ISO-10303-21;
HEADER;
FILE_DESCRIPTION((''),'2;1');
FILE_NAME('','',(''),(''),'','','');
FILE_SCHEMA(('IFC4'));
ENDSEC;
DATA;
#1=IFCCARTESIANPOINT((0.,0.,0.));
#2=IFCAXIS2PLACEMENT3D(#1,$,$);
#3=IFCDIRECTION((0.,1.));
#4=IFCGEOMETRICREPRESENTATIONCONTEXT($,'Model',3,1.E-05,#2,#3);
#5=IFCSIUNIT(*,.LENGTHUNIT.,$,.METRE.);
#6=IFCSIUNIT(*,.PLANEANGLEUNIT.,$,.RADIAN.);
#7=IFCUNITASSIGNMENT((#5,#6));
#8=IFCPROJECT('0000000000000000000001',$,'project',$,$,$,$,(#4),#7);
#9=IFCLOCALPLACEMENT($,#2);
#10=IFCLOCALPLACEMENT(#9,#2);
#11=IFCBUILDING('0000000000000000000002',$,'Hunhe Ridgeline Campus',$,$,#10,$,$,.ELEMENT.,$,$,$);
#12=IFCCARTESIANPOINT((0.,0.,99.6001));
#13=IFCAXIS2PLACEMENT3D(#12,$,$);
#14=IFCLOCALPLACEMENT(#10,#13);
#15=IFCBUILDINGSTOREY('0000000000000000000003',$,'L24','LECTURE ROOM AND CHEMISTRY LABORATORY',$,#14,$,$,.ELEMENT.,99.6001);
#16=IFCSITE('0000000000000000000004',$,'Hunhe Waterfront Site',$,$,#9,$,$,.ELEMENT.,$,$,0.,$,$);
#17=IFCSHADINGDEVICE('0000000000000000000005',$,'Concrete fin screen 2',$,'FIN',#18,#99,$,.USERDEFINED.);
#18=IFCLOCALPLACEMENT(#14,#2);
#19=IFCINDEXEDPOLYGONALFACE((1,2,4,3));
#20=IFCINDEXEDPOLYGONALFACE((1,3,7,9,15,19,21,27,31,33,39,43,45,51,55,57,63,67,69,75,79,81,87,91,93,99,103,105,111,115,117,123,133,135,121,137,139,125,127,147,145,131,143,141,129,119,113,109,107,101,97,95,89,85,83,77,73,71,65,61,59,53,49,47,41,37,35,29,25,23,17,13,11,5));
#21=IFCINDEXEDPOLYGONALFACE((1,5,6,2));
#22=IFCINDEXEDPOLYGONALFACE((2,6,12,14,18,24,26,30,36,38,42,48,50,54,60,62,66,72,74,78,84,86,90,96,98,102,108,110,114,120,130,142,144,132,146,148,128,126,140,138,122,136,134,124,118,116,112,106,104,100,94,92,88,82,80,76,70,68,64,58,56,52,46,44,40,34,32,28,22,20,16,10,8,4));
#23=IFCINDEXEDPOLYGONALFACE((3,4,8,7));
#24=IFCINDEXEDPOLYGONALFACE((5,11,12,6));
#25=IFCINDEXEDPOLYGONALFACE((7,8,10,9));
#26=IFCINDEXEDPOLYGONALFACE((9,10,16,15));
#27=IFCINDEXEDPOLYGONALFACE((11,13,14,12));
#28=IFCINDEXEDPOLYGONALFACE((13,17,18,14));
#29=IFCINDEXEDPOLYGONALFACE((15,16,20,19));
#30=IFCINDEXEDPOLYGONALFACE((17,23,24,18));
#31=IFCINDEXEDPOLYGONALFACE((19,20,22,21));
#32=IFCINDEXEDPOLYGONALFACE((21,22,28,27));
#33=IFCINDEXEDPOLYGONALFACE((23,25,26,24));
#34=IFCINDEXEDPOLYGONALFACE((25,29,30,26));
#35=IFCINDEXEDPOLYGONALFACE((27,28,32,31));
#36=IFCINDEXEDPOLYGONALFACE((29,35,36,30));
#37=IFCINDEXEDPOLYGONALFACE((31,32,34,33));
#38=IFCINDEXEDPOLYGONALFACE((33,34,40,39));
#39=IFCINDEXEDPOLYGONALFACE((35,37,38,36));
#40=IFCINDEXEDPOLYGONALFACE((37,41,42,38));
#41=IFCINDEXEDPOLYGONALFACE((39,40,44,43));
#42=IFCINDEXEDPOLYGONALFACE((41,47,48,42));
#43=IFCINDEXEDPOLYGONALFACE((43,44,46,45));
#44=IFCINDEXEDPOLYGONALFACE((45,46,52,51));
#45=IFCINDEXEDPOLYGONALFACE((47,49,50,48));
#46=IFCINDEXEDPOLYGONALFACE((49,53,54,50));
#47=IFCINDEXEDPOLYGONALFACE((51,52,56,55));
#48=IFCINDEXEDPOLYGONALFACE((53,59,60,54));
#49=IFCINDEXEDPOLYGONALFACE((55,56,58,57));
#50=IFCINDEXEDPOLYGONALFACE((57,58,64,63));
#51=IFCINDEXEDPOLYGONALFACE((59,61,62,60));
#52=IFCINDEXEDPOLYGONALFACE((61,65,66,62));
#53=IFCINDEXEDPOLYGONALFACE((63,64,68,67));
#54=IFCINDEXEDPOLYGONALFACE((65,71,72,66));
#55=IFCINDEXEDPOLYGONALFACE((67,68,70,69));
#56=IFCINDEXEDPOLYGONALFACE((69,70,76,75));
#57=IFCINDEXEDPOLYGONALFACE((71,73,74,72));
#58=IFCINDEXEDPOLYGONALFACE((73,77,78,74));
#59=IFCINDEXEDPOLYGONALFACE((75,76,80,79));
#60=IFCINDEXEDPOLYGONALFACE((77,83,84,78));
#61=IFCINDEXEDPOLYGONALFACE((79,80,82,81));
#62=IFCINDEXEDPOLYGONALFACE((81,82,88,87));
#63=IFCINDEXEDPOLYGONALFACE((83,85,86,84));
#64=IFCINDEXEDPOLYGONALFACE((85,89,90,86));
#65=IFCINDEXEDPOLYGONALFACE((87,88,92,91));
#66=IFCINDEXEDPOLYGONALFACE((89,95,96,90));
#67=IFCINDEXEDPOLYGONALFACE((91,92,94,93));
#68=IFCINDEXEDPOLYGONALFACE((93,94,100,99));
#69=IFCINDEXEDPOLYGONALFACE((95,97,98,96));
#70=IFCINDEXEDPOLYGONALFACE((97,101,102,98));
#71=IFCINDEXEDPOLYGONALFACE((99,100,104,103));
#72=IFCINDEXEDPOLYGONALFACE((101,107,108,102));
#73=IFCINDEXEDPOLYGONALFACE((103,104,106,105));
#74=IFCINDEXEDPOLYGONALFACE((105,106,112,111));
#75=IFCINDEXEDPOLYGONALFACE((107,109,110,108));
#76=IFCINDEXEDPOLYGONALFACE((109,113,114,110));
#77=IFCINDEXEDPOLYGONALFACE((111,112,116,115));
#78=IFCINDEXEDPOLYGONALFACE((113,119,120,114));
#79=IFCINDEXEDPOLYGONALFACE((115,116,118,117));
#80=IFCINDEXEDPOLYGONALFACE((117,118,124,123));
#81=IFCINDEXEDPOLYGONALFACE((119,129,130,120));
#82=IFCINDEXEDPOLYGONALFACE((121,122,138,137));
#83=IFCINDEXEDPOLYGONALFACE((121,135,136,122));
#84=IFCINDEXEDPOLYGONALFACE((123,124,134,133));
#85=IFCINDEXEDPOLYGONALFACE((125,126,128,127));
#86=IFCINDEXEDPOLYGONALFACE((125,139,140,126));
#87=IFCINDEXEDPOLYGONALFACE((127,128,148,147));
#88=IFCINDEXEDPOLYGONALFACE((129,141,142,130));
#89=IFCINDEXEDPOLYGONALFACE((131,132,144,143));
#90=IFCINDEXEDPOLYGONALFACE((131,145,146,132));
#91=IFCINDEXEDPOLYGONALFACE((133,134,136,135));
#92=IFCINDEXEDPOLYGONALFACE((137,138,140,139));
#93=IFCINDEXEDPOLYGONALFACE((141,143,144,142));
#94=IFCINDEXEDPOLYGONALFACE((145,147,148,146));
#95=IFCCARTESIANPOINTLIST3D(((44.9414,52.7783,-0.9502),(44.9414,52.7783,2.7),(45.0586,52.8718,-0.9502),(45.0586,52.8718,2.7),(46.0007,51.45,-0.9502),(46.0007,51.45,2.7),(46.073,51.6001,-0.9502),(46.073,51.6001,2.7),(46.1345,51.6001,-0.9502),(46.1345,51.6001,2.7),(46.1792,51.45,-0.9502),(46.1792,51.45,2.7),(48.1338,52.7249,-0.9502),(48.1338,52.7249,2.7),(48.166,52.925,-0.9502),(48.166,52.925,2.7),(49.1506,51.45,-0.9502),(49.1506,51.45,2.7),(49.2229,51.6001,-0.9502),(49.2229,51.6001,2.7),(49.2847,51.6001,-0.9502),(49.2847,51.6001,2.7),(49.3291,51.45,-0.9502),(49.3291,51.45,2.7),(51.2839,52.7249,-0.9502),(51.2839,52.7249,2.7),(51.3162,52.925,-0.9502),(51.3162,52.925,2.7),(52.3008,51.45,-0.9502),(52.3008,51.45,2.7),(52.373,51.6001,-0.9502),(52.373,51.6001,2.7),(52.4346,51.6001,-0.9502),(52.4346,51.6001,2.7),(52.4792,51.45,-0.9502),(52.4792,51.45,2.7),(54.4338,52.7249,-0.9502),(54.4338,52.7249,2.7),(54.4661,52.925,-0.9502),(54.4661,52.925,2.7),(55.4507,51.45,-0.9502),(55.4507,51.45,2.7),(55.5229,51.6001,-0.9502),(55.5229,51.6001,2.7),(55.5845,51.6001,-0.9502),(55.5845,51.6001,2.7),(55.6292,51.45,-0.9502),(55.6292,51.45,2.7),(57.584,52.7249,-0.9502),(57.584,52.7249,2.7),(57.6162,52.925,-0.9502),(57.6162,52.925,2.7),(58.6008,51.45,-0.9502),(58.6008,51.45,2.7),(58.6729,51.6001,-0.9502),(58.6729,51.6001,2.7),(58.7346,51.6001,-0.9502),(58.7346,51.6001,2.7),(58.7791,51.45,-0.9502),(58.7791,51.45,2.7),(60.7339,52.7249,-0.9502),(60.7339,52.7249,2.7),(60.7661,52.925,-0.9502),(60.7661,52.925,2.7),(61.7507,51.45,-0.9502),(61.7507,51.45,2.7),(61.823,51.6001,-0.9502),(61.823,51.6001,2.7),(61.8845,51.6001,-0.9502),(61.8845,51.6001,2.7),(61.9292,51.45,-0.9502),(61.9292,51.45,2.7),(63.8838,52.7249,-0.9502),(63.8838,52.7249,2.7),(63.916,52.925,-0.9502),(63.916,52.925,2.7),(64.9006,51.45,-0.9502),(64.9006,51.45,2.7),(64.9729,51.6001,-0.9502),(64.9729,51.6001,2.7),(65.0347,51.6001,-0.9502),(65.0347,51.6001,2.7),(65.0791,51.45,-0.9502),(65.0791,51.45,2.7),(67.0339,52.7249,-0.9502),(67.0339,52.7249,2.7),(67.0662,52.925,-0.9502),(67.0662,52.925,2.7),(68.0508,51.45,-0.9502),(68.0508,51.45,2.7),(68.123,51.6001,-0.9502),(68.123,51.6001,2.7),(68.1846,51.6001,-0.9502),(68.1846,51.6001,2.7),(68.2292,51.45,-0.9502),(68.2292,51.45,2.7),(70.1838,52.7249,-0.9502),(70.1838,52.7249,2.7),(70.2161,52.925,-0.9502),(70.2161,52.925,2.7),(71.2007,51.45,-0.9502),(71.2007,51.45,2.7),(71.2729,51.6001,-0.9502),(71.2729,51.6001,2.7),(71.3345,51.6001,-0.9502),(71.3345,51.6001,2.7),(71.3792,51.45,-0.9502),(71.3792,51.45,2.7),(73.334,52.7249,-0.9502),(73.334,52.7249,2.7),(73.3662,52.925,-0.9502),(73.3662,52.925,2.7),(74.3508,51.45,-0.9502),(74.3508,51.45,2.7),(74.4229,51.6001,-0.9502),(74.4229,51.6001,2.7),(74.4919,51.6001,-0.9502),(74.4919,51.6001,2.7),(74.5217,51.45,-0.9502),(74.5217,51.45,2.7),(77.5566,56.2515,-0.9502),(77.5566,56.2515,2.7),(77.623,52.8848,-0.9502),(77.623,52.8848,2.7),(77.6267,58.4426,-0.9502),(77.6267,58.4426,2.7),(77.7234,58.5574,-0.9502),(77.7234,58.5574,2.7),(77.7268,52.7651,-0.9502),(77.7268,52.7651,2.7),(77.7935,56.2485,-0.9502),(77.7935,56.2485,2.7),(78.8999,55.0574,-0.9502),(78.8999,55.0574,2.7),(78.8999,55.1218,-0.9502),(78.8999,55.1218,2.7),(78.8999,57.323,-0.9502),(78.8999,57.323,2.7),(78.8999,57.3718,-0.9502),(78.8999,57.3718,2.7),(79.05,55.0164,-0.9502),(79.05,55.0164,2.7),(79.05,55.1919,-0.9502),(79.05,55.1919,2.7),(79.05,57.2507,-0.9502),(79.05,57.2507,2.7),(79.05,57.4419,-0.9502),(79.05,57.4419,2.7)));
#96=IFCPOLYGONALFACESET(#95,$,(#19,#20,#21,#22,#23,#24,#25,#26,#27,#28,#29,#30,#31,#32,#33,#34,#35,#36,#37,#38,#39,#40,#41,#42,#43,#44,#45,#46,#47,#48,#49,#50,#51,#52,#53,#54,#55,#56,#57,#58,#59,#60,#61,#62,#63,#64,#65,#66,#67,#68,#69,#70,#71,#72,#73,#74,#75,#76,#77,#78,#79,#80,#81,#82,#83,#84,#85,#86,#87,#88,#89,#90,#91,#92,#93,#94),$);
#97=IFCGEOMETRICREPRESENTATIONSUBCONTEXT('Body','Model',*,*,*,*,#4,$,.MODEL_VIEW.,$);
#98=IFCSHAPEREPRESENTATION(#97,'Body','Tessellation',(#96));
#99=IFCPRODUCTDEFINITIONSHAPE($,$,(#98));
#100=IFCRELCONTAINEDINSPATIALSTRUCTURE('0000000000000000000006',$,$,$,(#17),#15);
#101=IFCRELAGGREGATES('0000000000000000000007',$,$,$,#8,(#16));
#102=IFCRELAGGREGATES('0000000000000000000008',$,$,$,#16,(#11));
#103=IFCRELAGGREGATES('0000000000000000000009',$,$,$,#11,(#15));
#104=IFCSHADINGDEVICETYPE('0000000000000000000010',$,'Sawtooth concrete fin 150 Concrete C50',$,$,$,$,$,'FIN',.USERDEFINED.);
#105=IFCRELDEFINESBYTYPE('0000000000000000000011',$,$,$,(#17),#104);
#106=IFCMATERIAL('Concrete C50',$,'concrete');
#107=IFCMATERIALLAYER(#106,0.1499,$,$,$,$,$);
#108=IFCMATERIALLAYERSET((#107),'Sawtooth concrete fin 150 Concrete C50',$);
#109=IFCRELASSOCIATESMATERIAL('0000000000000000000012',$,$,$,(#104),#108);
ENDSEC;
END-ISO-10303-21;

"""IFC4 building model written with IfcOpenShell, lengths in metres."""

from ifc_helpers import new_model, si_unit, direction, frame, origin, place, context, subcontext, project, spatial, polyline, outline, extrude, material, layer, layer_set, type_object, element, save


model = new_model("IFC4")

# Units and contexts
model_context = context("Model", 3, precision=1e-05, world=origin(), true_north=direction((0.0, 1.0)))
body_context = subcontext(model_context, "Body", "Model", "MODEL_VIEW")
ifc_project = project(units=[si_unit("LENGTHUNIT", "METRE"), si_unit("PLANEANGLEUNIT", "RADIAN")], contexts=[model_context])

# Site, building, storey
site_placement = place(None, origin())
site = spatial("IfcSite", under=ifc_project, at=site_placement, Name="Hunhe Waterfront Site", CompositionType="ELEMENT", RefElevation=0.0)
building_placement = place(site_placement, origin())
building = spatial("IfcBuilding", under=site, at=building_placement, Name="Hunhe Ridgeline Campus", CompositionType="ELEMENT")
storey_placement = place(building_placement, frame((0.0, 0.0, 99.6001)))
storey = spatial("IfcBuildingStorey", under=building, at=storey_placement, Name="L24", Description="LECTURE ROOM AND CHEMISTRY LABORATORY", CompositionType="ELEMENT", Elevation=99.6001)

# Shading device
ifc_material_1 = material(Name="Concrete C50", Category="concrete")
ifc_layer_1 = layer(ifc_material_1, 0.1499)
ifc_layer_set_1 = layer_set([ifc_layer_1], Name="Sawtooth concrete fin 150 Concrete C50")
shading_device_type = type_object("IfcShadingDeviceType", Name="Sawtooth concrete fin 150 Concrete C50", ElementType="FIN", PredefinedType="USERDEFINED", material=ifc_layer_set_1)
shading_device_1_placement = place(storey_placement, frame((0.0, 0.0, -0.9502)))
element("IfcShadingDevice", 1, at=shading_device_1_placement, inside=storey, type_object=shading_device_type, Name="Concrete fin screen 2", ObjectType="FIN", PredefinedType="USERDEFINED", context=body_context, shape_type="SweptSolid", body=[
    extrude(outline(polyline([(45.0586, 52.8718), (44.9414, 52.7783), (46.0007, 51.45), (46.1792, 51.45), (48.1338, 52.7249), (49.1506, 51.45), (49.3291, 51.45), (51.2839, 52.7249), (52.3008, 51.45), (52.4792, 51.45), (54.4338, 52.7249), (55.4507, 51.45), (55.6292, 51.45), (57.584, 52.7249), (58.6008, 51.45), (58.7791, 51.45), (60.7339, 52.7249), (61.7507, 51.45), (61.9292, 51.45), (63.8838, 52.7249), (64.9006, 51.45), (65.0791, 51.45), (67.0339, 52.7249), (68.0508, 51.45), (68.2292, 51.45), (70.1838, 52.7249), (71.2007, 51.45), (71.3792, 51.45), (73.334, 52.7249), (74.3508, 51.45), (74.5217, 51.45), (77.7268, 52.7651), (79.05, 55.0164), (79.05, 55.1919), (77.7935, 56.2485), (79.05, 57.2507), (79.05, 57.4419), (77.7234, 58.5574), (77.6267, 58.4426), (78.8999, 57.3718), (78.8999, 57.323), (77.5566, 56.2515), (78.8999, 55.1218), (78.8999, 55.0574), (77.623, 52.8848), (74.4919, 51.6001), (74.4229, 51.6001), (73.3662, 52.925), (71.3345, 51.6001), (71.2729, 51.6001), (70.2161, 52.925), (68.1846, 51.6001), (68.123, 51.6001), (67.0662, 52.925), (65.0347, 51.6001), (64.9729, 51.6001), (63.916, 52.925), (61.8845, 51.6001), (61.823, 51.6001), (60.7661, 52.925), (58.7346, 51.6001), (58.6729, 51.6001), (57.6162, 52.925), (55.5845, 51.6001), (55.5229, 51.6001), (54.4661, 52.925), (52.4346, 51.6001), (52.373, 51.6001), (51.3162, 52.925), (49.2847, 51.6001), (49.2229, 51.6001), (48.166, 52.925), (46.1345, 51.6001), (46.073, 51.6001), (45.0586, 52.8718)])), origin(), (0.0, 0.0, 1.0), 3.6501),
])

save(model, "model.ifc")
